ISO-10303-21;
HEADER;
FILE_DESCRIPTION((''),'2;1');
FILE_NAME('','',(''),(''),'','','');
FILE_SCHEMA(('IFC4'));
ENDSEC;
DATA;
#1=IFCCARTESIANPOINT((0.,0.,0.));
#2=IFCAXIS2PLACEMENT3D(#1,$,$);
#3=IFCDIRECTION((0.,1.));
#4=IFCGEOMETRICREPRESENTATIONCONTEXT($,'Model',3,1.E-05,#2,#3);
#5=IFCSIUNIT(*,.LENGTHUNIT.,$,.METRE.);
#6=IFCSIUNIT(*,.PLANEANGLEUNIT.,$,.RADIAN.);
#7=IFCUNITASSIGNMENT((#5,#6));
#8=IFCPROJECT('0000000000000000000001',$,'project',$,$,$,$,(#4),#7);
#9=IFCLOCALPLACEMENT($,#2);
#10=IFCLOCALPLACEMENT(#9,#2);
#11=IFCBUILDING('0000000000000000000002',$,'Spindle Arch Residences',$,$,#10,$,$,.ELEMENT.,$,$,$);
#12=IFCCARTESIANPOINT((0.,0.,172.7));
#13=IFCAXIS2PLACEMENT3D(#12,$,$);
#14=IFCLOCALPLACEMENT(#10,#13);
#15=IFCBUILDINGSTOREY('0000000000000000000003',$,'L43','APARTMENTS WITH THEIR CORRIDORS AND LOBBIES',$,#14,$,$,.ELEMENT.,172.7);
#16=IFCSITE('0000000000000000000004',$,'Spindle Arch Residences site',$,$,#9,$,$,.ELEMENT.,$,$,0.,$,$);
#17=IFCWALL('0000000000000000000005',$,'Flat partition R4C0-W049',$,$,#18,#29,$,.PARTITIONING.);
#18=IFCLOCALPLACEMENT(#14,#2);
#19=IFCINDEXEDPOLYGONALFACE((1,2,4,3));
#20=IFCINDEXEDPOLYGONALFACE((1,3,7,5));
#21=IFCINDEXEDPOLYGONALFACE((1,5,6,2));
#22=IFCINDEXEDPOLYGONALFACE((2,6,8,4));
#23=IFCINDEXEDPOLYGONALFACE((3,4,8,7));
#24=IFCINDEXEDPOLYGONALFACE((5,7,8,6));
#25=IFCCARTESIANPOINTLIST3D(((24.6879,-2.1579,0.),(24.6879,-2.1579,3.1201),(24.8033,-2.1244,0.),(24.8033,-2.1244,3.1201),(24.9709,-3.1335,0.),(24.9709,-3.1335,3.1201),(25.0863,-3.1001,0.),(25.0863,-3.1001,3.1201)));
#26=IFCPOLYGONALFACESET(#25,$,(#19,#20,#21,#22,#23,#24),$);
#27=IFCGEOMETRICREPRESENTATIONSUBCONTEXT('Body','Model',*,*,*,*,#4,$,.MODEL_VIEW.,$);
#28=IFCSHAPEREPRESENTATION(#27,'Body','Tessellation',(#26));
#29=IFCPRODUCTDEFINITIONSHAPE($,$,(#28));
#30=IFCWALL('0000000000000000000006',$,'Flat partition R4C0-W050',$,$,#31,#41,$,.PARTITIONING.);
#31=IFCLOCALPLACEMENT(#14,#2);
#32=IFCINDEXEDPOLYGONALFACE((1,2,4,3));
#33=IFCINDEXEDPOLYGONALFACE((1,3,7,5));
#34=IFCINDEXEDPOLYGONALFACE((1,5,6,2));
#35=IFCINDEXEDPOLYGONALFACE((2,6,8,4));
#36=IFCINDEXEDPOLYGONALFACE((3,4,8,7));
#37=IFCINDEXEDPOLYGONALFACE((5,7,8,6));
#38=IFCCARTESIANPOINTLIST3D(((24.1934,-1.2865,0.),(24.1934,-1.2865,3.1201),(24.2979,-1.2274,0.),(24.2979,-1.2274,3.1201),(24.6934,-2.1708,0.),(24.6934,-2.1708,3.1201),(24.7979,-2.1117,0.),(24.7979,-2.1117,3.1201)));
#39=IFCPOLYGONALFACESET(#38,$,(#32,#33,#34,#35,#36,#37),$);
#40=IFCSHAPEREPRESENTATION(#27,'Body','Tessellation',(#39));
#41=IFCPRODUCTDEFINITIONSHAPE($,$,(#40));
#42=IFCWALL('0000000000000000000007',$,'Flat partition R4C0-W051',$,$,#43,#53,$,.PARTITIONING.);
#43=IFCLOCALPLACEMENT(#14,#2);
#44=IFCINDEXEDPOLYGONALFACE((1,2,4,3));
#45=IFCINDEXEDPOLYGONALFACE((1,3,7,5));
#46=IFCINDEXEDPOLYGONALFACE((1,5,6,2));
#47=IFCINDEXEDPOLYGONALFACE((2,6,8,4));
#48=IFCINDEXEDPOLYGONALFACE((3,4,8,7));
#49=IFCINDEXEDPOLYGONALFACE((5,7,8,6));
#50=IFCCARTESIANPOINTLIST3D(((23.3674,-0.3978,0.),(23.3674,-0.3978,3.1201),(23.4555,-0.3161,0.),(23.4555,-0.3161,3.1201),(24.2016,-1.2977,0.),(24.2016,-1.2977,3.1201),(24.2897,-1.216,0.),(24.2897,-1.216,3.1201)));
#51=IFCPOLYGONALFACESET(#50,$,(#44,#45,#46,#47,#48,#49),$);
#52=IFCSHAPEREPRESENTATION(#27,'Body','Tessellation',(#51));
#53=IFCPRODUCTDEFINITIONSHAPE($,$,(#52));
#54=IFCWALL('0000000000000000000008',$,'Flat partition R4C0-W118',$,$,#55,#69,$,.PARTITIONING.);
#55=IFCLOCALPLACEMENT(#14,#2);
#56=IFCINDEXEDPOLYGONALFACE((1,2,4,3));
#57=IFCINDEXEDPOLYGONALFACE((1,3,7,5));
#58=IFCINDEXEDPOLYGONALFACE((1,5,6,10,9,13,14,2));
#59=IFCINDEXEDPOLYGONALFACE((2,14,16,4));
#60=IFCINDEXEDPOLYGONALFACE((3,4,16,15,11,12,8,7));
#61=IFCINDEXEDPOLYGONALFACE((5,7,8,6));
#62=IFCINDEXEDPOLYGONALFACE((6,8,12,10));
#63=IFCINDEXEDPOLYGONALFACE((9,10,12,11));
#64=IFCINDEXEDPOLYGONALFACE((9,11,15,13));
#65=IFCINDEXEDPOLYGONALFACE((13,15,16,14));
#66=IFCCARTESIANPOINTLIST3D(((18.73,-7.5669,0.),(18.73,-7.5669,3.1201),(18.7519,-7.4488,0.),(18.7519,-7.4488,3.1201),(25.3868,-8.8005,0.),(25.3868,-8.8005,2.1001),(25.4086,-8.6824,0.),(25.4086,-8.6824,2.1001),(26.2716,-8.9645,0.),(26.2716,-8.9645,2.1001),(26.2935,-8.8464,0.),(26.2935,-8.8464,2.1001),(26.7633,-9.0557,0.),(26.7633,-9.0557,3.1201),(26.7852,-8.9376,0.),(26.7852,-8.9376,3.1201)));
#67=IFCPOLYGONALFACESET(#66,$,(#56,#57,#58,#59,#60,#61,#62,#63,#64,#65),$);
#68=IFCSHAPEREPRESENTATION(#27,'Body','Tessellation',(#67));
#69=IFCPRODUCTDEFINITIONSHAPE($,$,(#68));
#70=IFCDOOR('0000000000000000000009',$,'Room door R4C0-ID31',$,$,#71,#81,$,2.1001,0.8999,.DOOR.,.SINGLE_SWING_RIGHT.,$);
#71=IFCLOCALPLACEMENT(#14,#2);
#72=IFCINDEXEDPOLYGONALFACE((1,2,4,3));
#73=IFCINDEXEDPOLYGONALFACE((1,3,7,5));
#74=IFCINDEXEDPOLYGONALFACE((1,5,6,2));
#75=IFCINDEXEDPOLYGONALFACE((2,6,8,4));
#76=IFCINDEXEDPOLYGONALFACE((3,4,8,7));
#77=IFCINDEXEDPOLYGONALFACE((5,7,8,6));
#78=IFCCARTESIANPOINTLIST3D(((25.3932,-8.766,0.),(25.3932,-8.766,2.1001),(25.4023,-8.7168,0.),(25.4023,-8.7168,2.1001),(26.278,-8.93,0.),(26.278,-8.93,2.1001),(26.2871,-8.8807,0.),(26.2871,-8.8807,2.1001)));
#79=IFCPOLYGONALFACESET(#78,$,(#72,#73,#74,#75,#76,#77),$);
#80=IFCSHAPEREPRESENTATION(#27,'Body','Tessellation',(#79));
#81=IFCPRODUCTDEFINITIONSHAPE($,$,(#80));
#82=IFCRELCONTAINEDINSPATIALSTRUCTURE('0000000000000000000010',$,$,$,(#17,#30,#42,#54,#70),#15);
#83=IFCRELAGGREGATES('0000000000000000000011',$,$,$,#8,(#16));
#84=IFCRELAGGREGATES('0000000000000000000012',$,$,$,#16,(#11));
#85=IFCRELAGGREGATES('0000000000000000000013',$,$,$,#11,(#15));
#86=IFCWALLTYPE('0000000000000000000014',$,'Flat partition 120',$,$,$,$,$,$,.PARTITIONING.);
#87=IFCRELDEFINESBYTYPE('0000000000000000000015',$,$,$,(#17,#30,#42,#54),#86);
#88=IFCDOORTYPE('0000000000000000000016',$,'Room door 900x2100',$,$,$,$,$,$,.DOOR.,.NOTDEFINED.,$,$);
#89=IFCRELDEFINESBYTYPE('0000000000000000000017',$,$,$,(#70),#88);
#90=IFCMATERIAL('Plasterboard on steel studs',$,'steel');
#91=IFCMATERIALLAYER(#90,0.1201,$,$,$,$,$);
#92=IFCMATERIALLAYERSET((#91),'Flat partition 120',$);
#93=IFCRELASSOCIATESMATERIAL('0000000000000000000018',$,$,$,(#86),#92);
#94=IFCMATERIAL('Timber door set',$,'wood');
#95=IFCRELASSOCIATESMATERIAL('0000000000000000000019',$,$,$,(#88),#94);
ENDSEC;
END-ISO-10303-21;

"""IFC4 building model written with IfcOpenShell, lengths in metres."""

from ifc_helpers import new_model, si_unit, direction, frame, frame_2d, origin, place, context, subcontext, project, spatial, rectangle, extrude, material, layer, layer_set, type_object, element, fill, save


model = new_model("IFC4")

# Units and contexts
model_context = context("Model", 3, precision=1e-05, world=origin(), true_north=direction((0.0, 1.0)))
body_context = subcontext(model_context, "Body", "Model", "MODEL_VIEW")
ifc_project = project(units=[si_unit("LENGTHUNIT", "METRE"), si_unit("PLANEANGLEUNIT", "RADIAN")], contexts=[model_context])

# Site, building, storey
site_placement = place(None, origin())
site = spatial("IfcSite", under=ifc_project, at=site_placement, Name="Spindle Arch Residences site", CompositionType="ELEMENT", RefElevation=0.0)
building_placement = place(site_placement, origin())
building = spatial("IfcBuilding", under=site, at=building_placement, Name="Spindle Arch Residences", CompositionType="ELEMENT")
storey_placement = place(building_placement, frame((0.0, 0.0, 172.7)))
storey = spatial("IfcBuildingStorey", under=building, at=storey_placement, Name="L43", Description="APARTMENTS WITH THEIR CORRIDORS AND LOBBIES", CompositionType="ELEMENT", Elevation=172.7)

# Shared definitions
ifc_material_1 = material(Name="Plasterboard on steel studs", Category="steel")
ifc_layer_1 = layer(ifc_material_1, 0.1201)
ifc_layer_set_1 = layer_set([ifc_layer_1], Name="Flat partition 120")
wall_type = type_object("IfcWallType", Name="Flat partition 120", PredefinedType="PARTITIONING", material=ifc_layer_set_1)
ifc_material_2 = material(Name="Timber door set", Category="wood")
door_type = type_object("IfcDoorType", Name="Room door 900x2100", OperationType="NOTDEFINED", PredefinedType="DOOR", material=ifc_material_2)

# Walls
for number, where, z_axis, x_axis, name in (
    (1, (25.0286, -3.1167, 0.0), (0.0, 0.0, 1.0), (-0.27856, 0.960419, 0.0), "Flat partition R4C0-W049"),
    (2, (24.7456, -2.1411, 0.0), (0.0, 0.0, 1.0), (-0.4922, 0.870482, 0.0), "Flat partition R4C0-W050"),
):
    element("IfcWall", number, at=place(storey_placement, frame(where, z_axis=z_axis, x_axis=x_axis)), inside=storey, type_object=wall_type, Name=name, PredefinedType="PARTITIONING", context=body_context, shape_type="SweptSolid", body=[
        extrude(rectangle(XDim=1.0159, YDim=0.1201, at=frame_2d((0.5078, 0.0))), origin(), (0.0, 0.0, 1.0), 3.1201),
    ])
wall_1_placement = place(storey_placement, frame((24.2456, -1.2568, 0.0), z_axis=(0.0, 0.0, 1.0), x_axis=(-0.67984, 0.73336, 0.0)))
element("IfcWall", 3, at=wall_1_placement, inside=storey, type_object=wall_type, Name="Flat partition R4C0-W051", PredefinedType="PARTITIONING", context=body_context, shape_type="SweptSolid", body=[
    extrude(rectangle(XDim=1.2271, YDim=0.1201, at=frame_2d((0.6135, 0.0))), origin(), (0.0, 0.0, 1.0), 3.1201),
])

# Wall, opening, door
wall_2_placement = place(storey_placement, frame((26.7742, -8.9966, 0.0), z_axis=(0.0, 0.0, 1.0), x_axis=(-0.983258, 0.182219, 0.0)))
wall_2 = element("IfcWall", 4, at=wall_2_placement, inside=storey, type_object=wall_type, Name="Flat partition R4C0-W118", PredefinedType="PARTITIONING", context=body_context, shape_type="SweptSolid", body=[
    extrude(rectangle(XDim=8.1702, YDim=0.1201, at=frame_2d((4.085, 0.0))), origin(), (0.0, 0.0, 1.0), 3.1201),
])
opening_1_placement = place(wall_2_placement, frame((0.5, 0.0, 0.0)))
opening_1 = element("IfcOpeningElement", 5, at=opening_1_placement, cuts=wall_2, PredefinedType="OPENING", context=body_context, shape_type="SweptSolid", body=[
    extrude(rectangle(XDim=0.8999, YDim=2.1001, at=frame_2d((0.45, 1.05))), frame((0.0, 0.0701, 0.0), z_axis=(0.0, -1.0, 0.0), x_axis=(1.0, 0.0, 0.0)), (0.0, 0.0, 1.0), 0.1401),
])
door_1_placement = place(opening_1_placement, origin())
door_1 = element("IfcDoor", 6, at=door_1_placement, inside=storey, type_object=door_type, Name="Room door R4C0-ID31", OperationType="SINGLE_SWING_RIGHT", OverallHeight=2.1001, OverallWidth=0.8999, PredefinedType="DOOR", context=body_context, shape_type="SweptSolid", body=[
    extrude(rectangle(XDim=0.8999, YDim=2.1001, at=frame_2d((0.45, 1.05))), frame((0.0, 0.0249, 0.0), z_axis=(0.0, -1.0, 0.0), x_axis=(1.0, 0.0, 0.0)), (0.0, 0.0, 1.0), 0.05),
])
fill(opening_1, door_1)

save(model, "model.ifc")
